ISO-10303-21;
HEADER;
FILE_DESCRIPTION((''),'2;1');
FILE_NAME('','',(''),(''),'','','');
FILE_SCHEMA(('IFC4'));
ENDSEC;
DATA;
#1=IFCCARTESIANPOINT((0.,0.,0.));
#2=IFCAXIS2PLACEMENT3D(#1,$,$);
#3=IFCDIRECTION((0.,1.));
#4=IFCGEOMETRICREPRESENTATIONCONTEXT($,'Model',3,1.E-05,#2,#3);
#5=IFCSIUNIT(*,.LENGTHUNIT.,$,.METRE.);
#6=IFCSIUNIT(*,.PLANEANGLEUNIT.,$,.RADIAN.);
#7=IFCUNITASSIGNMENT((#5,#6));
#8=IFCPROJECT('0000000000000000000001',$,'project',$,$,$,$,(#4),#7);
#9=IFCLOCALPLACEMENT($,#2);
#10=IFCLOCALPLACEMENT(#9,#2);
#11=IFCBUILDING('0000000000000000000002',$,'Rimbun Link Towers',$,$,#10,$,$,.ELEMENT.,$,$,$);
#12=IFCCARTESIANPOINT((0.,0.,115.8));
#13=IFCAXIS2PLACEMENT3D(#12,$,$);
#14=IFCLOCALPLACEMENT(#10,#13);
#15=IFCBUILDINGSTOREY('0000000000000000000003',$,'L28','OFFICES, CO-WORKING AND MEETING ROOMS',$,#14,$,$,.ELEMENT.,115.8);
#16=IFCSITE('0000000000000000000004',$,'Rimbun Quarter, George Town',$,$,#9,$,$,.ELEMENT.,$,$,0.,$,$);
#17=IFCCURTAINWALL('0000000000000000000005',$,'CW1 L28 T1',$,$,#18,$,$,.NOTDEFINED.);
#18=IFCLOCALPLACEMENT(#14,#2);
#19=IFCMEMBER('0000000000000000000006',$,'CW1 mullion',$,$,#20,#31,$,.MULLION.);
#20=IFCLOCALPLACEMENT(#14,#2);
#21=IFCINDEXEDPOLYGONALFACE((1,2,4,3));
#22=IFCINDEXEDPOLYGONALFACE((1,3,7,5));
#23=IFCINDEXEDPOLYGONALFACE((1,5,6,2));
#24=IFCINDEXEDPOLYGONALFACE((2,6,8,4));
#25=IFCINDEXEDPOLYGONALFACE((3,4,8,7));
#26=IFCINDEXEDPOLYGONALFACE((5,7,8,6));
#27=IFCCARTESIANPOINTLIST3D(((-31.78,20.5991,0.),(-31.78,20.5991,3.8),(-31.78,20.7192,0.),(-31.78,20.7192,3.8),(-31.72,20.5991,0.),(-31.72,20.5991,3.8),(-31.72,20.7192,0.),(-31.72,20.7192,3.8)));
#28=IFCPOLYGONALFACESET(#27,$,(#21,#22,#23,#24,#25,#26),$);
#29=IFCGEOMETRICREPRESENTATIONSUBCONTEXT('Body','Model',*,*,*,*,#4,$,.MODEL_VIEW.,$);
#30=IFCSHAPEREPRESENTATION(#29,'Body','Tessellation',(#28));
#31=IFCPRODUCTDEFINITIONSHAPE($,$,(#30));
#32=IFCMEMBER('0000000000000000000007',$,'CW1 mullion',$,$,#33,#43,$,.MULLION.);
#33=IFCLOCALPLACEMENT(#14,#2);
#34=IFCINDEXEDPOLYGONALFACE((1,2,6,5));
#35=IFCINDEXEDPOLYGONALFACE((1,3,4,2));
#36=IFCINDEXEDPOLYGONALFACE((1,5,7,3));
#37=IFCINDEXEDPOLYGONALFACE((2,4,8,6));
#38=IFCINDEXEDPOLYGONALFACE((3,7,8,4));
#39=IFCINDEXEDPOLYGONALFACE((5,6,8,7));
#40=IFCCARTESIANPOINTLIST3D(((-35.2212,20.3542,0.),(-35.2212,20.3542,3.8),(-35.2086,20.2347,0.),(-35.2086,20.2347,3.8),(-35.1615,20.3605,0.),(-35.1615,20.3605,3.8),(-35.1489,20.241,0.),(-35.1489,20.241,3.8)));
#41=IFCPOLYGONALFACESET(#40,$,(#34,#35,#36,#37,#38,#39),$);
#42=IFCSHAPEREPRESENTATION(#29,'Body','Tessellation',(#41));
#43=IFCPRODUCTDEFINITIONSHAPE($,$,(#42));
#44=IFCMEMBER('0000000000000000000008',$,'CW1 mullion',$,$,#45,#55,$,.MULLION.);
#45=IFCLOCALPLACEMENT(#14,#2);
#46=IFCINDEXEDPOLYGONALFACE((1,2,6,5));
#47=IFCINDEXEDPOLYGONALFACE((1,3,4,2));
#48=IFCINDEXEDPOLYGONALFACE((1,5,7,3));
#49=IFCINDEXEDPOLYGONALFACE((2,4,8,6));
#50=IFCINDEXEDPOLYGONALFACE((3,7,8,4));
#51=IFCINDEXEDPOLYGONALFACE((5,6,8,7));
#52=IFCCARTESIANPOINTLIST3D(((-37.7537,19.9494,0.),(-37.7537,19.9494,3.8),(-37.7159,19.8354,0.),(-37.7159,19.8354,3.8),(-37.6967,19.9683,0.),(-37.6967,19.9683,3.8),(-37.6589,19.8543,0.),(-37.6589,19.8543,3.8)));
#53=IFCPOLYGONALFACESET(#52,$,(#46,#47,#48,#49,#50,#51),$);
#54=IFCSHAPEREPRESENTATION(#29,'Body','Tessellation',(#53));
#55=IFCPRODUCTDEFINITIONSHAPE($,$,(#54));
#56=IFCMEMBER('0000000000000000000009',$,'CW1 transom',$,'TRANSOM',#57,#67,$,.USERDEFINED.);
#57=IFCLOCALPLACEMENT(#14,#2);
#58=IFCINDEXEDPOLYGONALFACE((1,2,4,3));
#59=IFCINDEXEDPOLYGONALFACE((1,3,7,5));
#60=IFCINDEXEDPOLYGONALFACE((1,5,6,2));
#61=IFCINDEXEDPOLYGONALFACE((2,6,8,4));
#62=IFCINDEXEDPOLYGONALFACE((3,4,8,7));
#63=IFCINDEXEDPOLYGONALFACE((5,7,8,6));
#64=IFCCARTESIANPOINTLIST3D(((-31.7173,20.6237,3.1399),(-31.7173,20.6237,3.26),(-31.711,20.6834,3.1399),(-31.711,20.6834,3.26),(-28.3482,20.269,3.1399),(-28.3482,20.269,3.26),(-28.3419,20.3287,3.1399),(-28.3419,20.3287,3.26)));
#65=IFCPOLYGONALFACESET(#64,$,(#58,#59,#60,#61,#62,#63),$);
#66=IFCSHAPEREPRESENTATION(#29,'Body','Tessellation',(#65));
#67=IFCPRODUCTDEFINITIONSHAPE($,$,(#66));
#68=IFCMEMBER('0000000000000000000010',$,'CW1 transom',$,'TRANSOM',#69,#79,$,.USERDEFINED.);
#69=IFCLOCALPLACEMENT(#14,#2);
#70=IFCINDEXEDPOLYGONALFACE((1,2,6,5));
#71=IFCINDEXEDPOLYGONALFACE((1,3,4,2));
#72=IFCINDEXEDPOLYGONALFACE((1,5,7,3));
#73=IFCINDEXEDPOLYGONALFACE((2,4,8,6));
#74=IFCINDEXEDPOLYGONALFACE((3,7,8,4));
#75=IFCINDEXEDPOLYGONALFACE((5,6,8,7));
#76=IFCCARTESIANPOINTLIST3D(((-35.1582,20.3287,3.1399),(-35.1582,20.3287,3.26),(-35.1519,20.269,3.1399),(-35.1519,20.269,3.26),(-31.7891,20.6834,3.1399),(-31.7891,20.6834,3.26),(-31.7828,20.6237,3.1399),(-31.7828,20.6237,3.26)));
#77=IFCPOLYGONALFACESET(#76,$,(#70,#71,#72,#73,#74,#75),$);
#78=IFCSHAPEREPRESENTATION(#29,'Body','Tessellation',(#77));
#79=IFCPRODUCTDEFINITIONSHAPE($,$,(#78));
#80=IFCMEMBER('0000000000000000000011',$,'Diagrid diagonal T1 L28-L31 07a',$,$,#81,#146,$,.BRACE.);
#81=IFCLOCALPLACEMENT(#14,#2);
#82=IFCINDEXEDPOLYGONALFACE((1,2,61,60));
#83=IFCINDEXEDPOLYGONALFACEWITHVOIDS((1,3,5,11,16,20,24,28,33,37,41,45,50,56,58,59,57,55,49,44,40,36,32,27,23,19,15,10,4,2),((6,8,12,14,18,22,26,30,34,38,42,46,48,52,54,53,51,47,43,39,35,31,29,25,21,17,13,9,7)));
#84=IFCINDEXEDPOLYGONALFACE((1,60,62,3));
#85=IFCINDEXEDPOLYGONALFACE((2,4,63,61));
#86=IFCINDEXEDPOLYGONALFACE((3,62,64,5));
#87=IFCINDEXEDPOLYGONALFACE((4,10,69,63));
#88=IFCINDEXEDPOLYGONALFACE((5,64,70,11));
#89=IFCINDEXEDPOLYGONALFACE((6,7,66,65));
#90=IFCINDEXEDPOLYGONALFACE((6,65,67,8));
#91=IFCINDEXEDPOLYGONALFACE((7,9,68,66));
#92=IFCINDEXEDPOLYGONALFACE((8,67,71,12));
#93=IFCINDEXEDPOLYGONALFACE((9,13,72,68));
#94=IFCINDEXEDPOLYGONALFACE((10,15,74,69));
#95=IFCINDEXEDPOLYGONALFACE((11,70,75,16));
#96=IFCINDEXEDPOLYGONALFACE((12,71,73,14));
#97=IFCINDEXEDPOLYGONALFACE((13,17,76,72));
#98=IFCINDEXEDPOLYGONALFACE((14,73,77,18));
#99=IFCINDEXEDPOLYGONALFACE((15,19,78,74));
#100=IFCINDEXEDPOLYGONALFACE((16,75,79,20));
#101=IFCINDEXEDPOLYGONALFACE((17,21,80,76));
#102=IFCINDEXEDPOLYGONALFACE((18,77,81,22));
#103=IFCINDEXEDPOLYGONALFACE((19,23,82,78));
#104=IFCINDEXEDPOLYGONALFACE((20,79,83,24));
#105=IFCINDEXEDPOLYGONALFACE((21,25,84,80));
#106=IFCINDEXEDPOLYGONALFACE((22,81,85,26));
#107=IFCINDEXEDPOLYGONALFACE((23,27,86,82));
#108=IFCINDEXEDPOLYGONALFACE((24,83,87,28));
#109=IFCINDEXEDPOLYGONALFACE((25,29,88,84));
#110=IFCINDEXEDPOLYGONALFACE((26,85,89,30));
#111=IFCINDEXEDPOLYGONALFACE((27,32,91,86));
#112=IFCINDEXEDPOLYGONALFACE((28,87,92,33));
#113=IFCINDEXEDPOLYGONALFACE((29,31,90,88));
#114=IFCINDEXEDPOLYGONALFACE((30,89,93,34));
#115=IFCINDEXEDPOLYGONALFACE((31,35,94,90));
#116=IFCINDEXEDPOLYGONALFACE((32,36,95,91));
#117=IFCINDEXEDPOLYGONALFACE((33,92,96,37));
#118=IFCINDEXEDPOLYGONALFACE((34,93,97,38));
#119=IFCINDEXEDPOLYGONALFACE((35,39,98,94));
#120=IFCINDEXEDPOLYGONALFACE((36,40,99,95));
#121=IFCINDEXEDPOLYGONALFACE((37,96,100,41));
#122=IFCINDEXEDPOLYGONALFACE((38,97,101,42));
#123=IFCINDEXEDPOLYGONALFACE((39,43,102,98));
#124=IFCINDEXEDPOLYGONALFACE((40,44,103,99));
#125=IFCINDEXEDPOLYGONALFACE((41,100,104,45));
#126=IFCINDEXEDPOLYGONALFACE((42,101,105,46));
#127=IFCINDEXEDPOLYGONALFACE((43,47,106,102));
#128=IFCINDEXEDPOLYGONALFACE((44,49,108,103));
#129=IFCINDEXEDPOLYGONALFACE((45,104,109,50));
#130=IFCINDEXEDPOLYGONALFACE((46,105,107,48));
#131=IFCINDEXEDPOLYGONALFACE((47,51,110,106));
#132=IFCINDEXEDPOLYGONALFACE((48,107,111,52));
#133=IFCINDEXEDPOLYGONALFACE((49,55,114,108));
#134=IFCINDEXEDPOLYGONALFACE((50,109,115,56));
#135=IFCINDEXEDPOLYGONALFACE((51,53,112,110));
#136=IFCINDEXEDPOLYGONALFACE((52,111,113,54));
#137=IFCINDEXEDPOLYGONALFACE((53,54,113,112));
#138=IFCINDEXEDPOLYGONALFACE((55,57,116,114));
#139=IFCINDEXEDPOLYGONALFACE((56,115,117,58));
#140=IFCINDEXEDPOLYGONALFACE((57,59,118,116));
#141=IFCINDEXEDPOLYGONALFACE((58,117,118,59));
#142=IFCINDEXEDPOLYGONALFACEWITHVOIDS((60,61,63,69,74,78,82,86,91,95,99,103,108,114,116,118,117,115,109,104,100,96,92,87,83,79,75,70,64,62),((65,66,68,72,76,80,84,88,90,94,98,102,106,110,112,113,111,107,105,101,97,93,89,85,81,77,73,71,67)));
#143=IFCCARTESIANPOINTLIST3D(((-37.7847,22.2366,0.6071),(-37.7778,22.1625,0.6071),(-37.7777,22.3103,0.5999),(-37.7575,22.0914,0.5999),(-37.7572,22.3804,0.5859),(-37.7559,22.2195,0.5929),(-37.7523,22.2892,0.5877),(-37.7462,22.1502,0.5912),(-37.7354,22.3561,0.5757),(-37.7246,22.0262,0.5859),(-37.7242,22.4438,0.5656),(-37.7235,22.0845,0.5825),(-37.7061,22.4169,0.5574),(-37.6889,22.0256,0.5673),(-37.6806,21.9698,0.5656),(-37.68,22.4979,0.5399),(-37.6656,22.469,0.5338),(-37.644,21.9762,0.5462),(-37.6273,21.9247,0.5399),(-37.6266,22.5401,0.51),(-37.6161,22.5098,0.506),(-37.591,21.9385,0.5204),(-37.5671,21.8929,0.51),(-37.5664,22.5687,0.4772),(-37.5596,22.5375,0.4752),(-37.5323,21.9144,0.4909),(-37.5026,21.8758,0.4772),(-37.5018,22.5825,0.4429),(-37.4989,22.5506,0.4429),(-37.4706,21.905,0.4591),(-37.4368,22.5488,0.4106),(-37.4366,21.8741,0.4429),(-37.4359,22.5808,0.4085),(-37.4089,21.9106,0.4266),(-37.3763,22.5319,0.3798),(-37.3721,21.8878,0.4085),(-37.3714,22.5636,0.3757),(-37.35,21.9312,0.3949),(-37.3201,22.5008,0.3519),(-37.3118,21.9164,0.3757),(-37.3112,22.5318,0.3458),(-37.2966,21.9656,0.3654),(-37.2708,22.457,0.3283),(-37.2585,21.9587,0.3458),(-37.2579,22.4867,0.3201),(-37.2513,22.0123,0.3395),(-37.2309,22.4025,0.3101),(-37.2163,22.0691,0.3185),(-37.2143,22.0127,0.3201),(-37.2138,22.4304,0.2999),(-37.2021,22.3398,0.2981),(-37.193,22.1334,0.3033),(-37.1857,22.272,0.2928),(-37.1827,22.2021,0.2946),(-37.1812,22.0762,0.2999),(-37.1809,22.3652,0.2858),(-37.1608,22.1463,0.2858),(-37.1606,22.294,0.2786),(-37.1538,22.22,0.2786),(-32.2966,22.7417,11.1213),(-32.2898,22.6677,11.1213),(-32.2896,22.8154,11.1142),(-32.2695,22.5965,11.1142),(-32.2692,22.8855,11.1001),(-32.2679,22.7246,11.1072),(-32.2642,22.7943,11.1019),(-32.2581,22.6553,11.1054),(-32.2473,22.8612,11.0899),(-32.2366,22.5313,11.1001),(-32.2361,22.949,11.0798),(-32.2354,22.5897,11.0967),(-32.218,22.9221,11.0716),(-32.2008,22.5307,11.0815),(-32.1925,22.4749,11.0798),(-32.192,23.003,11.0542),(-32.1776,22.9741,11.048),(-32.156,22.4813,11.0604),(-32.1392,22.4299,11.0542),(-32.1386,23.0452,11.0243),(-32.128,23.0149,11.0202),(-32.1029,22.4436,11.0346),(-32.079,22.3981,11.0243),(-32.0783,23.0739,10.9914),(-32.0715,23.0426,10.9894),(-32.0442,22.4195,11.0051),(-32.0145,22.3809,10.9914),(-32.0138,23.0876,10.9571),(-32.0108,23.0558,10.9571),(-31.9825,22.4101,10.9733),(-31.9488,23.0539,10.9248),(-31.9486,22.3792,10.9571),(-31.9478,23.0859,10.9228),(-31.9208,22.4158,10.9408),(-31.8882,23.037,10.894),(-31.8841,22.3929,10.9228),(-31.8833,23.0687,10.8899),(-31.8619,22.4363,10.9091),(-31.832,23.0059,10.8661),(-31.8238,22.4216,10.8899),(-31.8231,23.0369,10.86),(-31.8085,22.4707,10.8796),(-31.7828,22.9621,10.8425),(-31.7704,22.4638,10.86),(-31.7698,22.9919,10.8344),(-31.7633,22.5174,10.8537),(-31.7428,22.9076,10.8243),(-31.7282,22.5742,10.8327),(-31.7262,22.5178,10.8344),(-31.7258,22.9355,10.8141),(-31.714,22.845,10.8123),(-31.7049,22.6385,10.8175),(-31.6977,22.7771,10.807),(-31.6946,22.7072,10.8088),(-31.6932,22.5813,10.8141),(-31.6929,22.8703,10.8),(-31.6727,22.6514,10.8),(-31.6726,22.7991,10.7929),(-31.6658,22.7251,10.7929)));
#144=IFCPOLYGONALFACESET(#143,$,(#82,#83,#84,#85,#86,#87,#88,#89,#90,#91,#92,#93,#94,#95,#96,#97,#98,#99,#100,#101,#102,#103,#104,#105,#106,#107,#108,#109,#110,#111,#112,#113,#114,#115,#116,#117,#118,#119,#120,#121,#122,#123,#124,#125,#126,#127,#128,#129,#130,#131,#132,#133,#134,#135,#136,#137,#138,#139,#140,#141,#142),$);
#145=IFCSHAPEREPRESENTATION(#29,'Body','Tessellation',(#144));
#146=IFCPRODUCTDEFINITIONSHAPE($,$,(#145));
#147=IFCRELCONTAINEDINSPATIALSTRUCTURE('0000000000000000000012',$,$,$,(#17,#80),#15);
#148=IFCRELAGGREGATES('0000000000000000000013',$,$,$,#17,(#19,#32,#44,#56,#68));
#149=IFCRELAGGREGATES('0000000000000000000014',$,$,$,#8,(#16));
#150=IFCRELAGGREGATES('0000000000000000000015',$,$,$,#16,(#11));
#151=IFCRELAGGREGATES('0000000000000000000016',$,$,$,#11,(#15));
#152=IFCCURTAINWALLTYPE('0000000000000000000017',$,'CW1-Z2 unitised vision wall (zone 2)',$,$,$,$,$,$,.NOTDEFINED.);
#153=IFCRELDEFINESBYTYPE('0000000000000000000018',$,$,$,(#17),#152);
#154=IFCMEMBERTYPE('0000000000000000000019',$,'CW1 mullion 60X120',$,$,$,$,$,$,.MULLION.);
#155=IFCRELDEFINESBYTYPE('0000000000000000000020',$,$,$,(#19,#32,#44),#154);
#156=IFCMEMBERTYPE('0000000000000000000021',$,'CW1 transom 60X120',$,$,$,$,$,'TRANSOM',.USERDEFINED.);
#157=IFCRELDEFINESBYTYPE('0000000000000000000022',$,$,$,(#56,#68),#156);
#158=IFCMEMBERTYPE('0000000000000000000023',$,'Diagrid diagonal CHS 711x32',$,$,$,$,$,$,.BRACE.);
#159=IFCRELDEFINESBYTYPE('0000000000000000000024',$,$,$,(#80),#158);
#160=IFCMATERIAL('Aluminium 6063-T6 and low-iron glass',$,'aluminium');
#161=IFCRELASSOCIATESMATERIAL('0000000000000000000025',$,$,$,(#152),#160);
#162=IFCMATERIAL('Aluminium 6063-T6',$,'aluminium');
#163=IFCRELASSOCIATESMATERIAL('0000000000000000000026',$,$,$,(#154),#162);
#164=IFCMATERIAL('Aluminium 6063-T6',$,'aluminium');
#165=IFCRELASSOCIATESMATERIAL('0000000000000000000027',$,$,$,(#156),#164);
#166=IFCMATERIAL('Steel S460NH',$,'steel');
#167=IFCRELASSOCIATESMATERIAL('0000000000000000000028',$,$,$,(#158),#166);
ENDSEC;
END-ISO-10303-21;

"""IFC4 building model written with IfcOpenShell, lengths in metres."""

from ifc_helpers import new_model, si_unit, direction, frame, origin, origin_2d, place, context, subcontext, project, spatial, rectangle, hollow_circle, extrude, material, material_profile, profile_set, type_object, element, aggregate, save


model = new_model("IFC4")

# Units and contexts
model_context = context("Model", 3, precision=1e-05, world=origin(), true_north=direction((0.0, 1.0)))
body_context = subcontext(model_context, "Body", "Model", "MODEL_VIEW")
ifc_project = project(units=[si_unit("LENGTHUNIT", "METRE"), si_unit("PLANEANGLEUNIT", "RADIAN")], contexts=[model_context])

# Site, building, storey
site_placement = place(None, origin())
site = spatial("IfcSite", under=ifc_project, at=site_placement, Name="Rimbun Quarter, George Town", CompositionType="ELEMENT", RefElevation=0.0)
building_placement = place(site_placement, origin())
building = spatial("IfcBuilding", under=site, at=building_placement, Name="Rimbun Link Towers", CompositionType="ELEMENT")
storey_placement = place(building_placement, frame((0.0, 0.0, 115.8)))
storey = spatial("IfcBuildingStorey", under=building, at=storey_placement, Name="L28", Description="OFFICES, CO-WORKING AND MEETING ROOMS", CompositionType="ELEMENT", Elevation=115.8)

# Curtain wall, members
ifc_material_1 = material(Name="Aluminium 6063-T6 and low-iron glass", Category="aluminium")
curtain_wall_type = type_object("IfcCurtainWallType", Name="CW1-Z2 unitised vision wall (zone 2)", PredefinedType="NOTDEFINED", material=ifc_material_1)
curtain_wall_placement = place(storey_placement, origin())
curtain_wall = element("IfcCurtainWall", 1, at=curtain_wall_placement, inside=storey, type_object=curtain_wall_type, Name="CW1 L28 T1", PredefinedType="NOTDEFINED")
ifc_material_2 = material(Name="Aluminium 6063-T6", Category="aluminium")
ifc_material_profile_1 = material_profile(ifc_material_2, rectangle(XDim=0.1201, YDim=0.0601, at=origin_2d()), Name="MULLION 60X120")
ifc_profile_set_1 = profile_set([ifc_material_profile_1], Name="Aluminium 6063-T6")
member_type_1 = type_object("IfcMemberType", Name="CW1 mullion 60X120", PredefinedType="MULLION", material=ifc_profile_set_1)
member_1_placement = place(storey_placement, frame((-31.75, 20.6592, 0.0), z_axis=(0.0, 0.0, 1.0), x_axis=(0.0, 1.0, 0.0)))
member_1 = element("IfcMember", 2, at=member_1_placement, type_object=member_type_1, Name="CW1 mullion", PredefinedType="MULLION", context=body_context, shape_type="SweptSolid", body=[
    extrude(rectangle(XDim=0.1201, YDim=0.0601, at=origin_2d()), origin(), (0.0, 0.0, 1.0), 3.8),
])
member_2_placement = place(storey_placement, frame((-35.1851, 20.2976, 0.0), z_axis=(0.0, 0.0, 1.0), x_axis=(-0.104748, 0.994499, 0.0)))
member_2 = element("IfcMember", 3, at=member_2_placement, type_object=member_type_1, Name="CW1 mullion", PredefinedType="MULLION", context=body_context, shape_type="SweptSolid", body=[
    extrude(rectangle(XDim=0.1201, YDim=0.0601, at=origin_2d()), origin(), (0.0, 0.0, 1.0), 3.8),
])
member_3_placement = place(storey_placement, frame((-37.7063, 19.9019, 0.0), z_axis=(0.0, 0.0, 1.0), x_axis=(-0.314563, 0.949236, 0.0)))
member_3 = element("IfcMember", 4, at=member_3_placement, type_object=member_type_1, Name="CW1 mullion", PredefinedType="MULLION", context=body_context, shape_type="SweptSolid", body=[
    extrude(rectangle(XDim=0.1201, YDim=0.0601, at=origin_2d()), origin(), (0.0, 0.0, 1.0), 3.8),
])
ifc_material_3 = material(Name="Aluminium 6063-T6", Category="aluminium")
ifc_material_profile_2 = material_profile(ifc_material_3, rectangle(XDim=0.0601, YDim=0.1201, at=origin_2d()), Name="TRANSOM 60X120")
ifc_profile_set_2 = profile_set([ifc_material_profile_2], Name="Aluminium 6063-T6")
member_type_2 = type_object("IfcMemberType", Name="CW1 transom 60X120", ElementType="TRANSOM", PredefinedType="USERDEFINED", material=ifc_profile_set_2)
member_4_placement = place(storey_placement, frame((-31.7141, 20.6536, 3.2), z_axis=(0.994503, -0.104711, 0.0), x_axis=(0.104711, 0.994503, 0.0)))
member_4 = element("IfcMember", 5, at=member_4_placement, type_object=member_type_2, Name="CW1 transom", ObjectType="TRANSOM", PredefinedType="USERDEFINED", context=body_context, shape_type="SweptSolid", body=[
    extrude(rectangle(XDim=0.0601, YDim=0.1201, at=origin_2d()), origin(), (0.0, 0.0, 1.0), 3.3877),
])
member_5_placement = place(storey_placement, frame((-35.155, 20.2988, 3.2), z_axis=(0.994503, 0.104711, 0.0), x_axis=(-0.104711, 0.994503, 0.0)))
member_5 = element("IfcMember", 6, at=member_5_placement, type_object=member_type_2, Name="CW1 transom", ObjectType="TRANSOM", PredefinedType="USERDEFINED", context=body_context, shape_type="SweptSolid", body=[
    extrude(rectangle(XDim=0.0601, YDim=0.1201, at=origin_2d()), origin(), (0.0, 0.0, 1.0), 3.3877),
])

# Member
ifc_material_4 = material(Name="Steel S460NH", Category="steel")
ifc_material_profile_3 = material_profile(ifc_material_4, hollow_circle(Radius=0.3557, WallThickness=0.032, at=origin_2d()), Name="Diagrid diagonal CHS 711x32")
ifc_profile_set_3 = profile_set([ifc_material_profile_3], Name="Steel S460NH")
member_type_3 = type_object("IfcMemberType", Name="Diagrid diagonal CHS 711x32", PredefinedType="BRACE", material=ifc_profile_set_3)
member_6_placement = place(storey_placement, frame((-37.4692, 22.2283, 0.4429), z_axis=(0.462305, 0.042551, 0.885699), x_axis=(-0.091654, 0.995791, 0.0)))
element("IfcMember", 7, at=member_6_placement, inside=storey, type_object=member_type_3, Name="Diagrid diagonal T1 L28-L31 07a", PredefinedType="BRACE", context=body_context, shape_type="SweptSolid", body=[
    extrude(hollow_circle(Radius=0.3557, WallThickness=0.032, at=origin_2d()), origin(), (0.0, 0.0, 1.0), 11.8711),
])

aggregate(curtain_wall, [member_1, member_2, member_3, member_4, member_5])

save(model, "model.ifc")
